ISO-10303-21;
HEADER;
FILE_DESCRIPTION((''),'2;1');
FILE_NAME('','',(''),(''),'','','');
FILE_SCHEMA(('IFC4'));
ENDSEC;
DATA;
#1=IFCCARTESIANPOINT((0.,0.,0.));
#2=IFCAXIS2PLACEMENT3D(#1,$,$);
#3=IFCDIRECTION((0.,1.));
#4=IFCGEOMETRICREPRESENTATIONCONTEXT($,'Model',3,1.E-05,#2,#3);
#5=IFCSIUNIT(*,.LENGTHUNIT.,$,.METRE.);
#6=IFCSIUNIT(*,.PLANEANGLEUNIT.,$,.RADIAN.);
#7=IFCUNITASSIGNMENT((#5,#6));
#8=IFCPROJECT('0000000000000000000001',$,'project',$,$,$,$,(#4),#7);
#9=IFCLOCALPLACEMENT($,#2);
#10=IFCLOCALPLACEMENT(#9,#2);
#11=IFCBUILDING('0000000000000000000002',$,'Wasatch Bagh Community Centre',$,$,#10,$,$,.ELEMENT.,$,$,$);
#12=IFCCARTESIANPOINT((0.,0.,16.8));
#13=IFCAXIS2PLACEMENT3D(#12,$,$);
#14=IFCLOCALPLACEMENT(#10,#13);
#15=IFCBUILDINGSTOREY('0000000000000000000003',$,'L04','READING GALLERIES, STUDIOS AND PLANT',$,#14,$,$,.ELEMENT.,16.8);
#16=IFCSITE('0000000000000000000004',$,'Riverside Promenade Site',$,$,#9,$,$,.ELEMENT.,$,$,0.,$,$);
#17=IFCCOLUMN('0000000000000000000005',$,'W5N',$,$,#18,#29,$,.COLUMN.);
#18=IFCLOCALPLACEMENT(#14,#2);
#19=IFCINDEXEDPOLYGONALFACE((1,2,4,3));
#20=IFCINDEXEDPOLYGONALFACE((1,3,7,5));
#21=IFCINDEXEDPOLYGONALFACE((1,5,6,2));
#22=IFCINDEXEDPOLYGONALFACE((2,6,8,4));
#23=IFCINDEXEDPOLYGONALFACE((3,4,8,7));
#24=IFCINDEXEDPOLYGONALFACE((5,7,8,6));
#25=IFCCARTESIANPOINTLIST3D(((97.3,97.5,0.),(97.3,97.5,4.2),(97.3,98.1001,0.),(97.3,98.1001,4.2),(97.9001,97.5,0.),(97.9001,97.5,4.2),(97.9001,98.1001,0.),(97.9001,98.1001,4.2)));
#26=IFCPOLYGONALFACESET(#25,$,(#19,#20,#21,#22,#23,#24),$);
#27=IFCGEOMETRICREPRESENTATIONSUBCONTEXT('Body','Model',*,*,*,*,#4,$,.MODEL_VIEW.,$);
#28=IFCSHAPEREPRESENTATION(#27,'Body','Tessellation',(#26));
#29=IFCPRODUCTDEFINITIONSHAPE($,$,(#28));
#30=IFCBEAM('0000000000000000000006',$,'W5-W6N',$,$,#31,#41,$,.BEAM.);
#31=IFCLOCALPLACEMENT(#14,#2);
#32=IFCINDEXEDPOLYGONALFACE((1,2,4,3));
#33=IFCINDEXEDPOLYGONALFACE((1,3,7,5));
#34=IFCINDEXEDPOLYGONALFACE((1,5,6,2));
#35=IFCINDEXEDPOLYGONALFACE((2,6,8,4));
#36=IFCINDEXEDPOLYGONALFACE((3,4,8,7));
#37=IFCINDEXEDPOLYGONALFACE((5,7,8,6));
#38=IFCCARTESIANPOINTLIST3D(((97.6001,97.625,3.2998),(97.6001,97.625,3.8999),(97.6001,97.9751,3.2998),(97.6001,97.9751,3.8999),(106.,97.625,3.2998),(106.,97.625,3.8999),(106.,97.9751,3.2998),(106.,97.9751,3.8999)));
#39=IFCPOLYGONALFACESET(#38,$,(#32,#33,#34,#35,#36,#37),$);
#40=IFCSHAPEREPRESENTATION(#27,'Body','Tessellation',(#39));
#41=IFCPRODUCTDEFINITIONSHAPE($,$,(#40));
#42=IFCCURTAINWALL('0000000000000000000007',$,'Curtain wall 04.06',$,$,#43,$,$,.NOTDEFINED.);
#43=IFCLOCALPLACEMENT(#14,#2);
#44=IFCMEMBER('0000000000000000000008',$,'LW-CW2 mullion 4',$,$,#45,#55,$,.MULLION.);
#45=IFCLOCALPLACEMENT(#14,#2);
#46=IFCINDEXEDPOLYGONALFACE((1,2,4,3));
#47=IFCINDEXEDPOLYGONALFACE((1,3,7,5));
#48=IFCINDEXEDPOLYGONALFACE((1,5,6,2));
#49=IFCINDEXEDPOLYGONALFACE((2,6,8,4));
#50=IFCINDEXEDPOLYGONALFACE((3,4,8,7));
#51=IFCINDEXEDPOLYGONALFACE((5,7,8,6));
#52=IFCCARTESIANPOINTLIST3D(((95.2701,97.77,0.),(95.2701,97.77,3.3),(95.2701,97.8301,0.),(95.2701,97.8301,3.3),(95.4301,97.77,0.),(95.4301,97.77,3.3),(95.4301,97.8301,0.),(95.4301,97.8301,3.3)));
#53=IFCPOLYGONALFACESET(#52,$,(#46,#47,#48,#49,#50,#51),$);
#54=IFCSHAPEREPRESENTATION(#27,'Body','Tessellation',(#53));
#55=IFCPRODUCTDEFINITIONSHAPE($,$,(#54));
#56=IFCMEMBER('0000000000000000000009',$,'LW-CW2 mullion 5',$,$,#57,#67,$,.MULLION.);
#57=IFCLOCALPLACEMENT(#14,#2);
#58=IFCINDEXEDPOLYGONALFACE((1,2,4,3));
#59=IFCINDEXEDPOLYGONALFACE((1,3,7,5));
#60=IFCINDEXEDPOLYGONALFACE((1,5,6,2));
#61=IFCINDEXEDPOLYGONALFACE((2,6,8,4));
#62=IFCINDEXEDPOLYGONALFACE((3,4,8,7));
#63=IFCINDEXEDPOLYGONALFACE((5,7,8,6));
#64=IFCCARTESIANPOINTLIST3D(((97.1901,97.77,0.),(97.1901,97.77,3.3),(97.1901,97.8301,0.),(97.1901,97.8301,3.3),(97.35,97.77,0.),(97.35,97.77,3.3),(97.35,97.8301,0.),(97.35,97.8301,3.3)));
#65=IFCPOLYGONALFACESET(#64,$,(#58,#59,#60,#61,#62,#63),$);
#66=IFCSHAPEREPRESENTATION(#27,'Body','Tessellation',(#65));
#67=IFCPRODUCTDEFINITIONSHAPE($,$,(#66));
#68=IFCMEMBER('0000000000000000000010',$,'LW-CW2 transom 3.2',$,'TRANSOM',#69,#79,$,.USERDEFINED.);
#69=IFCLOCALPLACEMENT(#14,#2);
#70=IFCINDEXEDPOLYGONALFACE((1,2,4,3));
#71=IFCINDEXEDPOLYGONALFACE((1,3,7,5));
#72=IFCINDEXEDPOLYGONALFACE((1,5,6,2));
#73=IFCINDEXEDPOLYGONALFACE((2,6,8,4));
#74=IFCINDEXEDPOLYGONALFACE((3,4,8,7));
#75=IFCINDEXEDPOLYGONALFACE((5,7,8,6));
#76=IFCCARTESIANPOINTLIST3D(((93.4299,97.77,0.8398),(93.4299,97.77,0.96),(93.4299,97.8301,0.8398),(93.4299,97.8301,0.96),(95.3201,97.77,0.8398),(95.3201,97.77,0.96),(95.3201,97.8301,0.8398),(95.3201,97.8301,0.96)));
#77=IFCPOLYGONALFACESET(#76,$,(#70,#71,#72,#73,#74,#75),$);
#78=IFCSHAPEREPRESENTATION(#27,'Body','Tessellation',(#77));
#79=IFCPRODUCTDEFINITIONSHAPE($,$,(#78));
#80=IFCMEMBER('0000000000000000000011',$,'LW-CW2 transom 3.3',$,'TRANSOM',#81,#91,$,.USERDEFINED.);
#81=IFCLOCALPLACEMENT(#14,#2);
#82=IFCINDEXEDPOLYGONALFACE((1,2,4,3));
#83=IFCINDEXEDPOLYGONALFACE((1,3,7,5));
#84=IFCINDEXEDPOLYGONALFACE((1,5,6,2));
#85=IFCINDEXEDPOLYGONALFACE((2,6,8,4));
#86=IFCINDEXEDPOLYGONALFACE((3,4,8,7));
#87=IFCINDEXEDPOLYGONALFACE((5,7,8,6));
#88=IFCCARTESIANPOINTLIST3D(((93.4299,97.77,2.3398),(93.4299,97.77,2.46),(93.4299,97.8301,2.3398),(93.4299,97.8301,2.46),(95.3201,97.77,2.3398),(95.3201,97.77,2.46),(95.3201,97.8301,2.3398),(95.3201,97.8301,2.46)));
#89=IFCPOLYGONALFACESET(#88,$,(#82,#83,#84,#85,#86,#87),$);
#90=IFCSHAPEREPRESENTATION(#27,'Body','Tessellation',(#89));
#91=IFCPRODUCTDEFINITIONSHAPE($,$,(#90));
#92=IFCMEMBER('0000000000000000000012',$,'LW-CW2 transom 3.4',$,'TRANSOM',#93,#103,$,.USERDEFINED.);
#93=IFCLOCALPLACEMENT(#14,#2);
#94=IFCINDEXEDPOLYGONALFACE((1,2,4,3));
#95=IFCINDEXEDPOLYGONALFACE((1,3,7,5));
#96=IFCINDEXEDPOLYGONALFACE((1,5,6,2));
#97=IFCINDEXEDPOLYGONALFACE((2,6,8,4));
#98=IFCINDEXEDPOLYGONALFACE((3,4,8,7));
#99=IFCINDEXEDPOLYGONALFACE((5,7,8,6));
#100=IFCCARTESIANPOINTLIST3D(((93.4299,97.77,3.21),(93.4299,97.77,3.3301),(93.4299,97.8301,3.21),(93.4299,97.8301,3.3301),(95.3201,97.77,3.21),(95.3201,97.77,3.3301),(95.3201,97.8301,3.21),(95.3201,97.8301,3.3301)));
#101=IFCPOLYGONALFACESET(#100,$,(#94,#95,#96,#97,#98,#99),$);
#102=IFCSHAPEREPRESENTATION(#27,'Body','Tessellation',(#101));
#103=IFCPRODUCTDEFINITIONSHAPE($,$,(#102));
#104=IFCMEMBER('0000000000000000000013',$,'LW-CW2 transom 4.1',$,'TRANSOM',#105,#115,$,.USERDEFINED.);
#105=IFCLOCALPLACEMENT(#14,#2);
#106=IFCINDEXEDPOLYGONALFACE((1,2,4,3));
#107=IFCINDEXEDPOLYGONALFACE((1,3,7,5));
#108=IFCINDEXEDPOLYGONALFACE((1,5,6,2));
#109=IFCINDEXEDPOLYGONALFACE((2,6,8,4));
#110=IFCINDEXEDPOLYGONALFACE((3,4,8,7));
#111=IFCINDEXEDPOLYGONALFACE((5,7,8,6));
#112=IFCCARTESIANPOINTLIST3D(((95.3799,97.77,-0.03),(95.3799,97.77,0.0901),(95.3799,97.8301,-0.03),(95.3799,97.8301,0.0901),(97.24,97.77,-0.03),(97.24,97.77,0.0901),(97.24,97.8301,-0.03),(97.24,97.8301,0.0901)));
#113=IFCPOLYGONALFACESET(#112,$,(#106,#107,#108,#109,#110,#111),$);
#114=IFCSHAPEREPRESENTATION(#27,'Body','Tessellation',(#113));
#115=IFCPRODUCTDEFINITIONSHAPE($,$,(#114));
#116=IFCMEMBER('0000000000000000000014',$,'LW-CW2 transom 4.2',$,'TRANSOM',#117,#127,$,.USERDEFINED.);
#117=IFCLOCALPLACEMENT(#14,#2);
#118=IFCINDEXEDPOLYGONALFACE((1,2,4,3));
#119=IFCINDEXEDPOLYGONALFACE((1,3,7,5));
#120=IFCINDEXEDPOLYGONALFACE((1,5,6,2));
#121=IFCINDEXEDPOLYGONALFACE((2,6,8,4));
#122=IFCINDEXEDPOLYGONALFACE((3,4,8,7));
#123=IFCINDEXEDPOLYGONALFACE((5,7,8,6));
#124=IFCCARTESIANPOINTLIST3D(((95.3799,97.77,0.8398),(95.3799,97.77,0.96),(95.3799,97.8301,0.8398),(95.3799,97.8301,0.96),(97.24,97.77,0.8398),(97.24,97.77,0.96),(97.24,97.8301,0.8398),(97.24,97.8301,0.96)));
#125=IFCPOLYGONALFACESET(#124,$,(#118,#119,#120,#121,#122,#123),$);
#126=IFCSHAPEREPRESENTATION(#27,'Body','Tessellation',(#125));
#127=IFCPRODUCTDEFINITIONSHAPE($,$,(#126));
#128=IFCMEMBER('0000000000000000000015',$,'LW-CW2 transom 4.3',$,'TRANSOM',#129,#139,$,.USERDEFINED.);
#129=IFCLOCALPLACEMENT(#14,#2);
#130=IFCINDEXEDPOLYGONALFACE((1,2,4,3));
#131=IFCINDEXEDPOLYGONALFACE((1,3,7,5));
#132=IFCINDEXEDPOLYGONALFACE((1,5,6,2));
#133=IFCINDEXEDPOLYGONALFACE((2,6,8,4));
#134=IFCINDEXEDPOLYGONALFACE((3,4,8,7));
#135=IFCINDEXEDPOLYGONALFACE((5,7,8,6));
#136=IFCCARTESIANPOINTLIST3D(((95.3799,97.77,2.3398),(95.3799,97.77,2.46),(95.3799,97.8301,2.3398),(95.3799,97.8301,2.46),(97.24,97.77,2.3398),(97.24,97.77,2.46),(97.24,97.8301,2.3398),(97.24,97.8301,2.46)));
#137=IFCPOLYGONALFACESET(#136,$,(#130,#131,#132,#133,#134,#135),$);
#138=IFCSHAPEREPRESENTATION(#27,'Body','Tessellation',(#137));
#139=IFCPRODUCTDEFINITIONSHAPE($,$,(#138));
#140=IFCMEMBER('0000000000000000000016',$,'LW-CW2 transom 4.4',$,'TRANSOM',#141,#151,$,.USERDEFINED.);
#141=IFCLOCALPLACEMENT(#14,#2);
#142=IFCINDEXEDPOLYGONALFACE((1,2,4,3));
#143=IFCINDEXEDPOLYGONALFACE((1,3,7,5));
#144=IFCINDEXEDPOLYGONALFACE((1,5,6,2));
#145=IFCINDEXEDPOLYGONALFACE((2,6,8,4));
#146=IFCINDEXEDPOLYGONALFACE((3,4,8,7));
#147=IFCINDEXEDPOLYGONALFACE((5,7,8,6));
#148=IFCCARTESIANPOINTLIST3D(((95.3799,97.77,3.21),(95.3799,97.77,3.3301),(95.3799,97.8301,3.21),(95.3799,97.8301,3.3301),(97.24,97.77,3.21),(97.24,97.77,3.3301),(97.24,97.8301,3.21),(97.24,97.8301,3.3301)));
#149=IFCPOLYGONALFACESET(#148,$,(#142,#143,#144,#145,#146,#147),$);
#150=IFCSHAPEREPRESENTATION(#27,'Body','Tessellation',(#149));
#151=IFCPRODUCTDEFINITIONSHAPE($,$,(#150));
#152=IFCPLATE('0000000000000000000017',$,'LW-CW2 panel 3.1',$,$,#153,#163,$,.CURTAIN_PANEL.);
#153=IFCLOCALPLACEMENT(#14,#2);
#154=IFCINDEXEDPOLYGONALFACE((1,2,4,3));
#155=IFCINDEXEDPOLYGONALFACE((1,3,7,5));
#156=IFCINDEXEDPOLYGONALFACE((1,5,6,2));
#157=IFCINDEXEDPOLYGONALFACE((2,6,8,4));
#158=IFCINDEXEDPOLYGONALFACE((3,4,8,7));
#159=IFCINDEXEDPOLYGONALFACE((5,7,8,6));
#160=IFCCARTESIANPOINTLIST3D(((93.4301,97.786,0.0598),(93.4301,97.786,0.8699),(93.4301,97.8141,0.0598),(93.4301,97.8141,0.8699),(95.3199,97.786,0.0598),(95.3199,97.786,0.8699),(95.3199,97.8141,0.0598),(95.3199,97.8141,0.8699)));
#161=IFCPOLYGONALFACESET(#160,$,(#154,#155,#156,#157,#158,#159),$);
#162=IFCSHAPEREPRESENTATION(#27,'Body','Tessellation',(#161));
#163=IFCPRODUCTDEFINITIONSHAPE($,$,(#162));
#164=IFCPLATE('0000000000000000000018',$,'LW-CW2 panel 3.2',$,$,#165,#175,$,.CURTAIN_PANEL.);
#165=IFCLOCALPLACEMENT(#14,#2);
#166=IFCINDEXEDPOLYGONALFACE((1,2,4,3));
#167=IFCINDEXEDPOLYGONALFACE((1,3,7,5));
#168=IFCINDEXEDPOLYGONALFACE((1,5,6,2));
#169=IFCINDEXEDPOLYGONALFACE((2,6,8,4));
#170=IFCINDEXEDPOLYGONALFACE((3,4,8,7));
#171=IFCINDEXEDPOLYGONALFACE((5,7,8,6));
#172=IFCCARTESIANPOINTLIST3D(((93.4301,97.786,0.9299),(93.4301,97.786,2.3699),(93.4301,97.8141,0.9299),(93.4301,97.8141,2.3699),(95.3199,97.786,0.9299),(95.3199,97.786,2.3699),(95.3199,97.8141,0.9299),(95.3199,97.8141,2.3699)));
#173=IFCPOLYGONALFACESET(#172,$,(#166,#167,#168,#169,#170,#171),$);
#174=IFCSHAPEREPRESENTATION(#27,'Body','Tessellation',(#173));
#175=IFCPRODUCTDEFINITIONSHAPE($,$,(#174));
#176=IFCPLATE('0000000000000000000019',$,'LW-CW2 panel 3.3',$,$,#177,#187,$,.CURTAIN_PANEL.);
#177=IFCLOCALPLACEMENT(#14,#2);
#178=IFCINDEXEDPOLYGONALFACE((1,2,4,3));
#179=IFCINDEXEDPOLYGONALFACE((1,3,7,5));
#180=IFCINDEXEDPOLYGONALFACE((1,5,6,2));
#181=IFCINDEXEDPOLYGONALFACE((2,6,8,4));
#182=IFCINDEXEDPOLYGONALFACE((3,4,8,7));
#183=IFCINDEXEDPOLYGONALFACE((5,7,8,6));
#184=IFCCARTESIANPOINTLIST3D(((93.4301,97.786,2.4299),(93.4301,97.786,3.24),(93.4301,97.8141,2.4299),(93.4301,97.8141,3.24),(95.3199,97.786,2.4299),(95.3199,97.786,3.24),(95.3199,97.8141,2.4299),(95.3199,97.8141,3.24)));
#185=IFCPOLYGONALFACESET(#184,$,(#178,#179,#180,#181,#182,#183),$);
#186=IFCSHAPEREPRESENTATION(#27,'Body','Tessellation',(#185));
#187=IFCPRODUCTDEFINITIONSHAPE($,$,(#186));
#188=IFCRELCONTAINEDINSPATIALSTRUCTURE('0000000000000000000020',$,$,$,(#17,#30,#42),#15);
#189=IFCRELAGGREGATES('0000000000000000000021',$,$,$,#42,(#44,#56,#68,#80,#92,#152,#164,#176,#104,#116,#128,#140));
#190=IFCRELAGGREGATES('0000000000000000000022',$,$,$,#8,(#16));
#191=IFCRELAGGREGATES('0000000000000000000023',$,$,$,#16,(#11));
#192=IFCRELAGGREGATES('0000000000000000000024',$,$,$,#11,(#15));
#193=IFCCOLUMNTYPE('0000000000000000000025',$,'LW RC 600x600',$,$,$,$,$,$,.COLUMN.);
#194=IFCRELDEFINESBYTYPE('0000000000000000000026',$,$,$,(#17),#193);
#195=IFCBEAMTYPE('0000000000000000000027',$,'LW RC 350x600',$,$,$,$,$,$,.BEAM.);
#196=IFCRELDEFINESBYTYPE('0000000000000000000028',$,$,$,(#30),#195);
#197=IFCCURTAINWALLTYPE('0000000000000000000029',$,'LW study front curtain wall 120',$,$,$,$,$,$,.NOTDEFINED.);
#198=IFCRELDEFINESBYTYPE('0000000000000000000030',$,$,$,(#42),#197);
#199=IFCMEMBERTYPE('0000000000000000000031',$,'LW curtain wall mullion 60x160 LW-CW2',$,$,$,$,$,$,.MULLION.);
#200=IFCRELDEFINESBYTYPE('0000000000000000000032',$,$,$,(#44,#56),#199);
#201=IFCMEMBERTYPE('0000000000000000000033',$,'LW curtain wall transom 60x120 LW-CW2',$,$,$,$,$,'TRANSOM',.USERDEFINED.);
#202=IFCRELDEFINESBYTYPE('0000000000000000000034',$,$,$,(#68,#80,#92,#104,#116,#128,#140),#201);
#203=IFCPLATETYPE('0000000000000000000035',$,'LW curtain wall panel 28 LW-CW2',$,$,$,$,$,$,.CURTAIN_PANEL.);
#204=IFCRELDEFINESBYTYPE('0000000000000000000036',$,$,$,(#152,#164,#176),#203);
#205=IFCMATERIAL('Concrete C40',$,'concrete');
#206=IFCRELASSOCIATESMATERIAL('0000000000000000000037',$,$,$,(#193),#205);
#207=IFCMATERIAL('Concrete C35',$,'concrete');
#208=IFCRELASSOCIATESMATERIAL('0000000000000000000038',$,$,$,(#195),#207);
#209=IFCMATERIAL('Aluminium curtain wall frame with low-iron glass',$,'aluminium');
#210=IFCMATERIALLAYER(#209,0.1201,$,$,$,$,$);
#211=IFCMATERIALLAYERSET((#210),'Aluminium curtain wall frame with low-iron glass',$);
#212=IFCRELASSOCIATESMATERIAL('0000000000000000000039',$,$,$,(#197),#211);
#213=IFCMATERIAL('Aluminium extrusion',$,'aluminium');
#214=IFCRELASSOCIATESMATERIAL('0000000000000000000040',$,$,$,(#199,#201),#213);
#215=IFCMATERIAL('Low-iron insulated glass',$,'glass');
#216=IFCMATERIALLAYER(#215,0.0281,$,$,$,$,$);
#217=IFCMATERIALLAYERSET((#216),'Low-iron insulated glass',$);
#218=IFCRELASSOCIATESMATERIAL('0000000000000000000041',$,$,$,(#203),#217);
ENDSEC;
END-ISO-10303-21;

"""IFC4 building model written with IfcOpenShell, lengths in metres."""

from ifc_helpers import new_model, si_unit, direction, frame, origin, origin_2d, place, context, subcontext, project, spatial, rectangle, extrude, material, layer, layer_set, material_profile, profile_set, type_object, element, aggregate, save


model = new_model("IFC4")

# Units and contexts
model_context = context("Model", 3, precision=1e-05, world=origin(), true_north=direction((0.0, 1.0)))
body_context = subcontext(model_context, "Body", "Model", "MODEL_VIEW")
ifc_project = project(units=[si_unit("LENGTHUNIT", "METRE"), si_unit("PLANEANGLEUNIT", "RADIAN")], contexts=[model_context])

# Site, building, storey
site_placement = place(None, origin())
site = spatial("IfcSite", under=ifc_project, at=site_placement, Name="Riverside Promenade Site", CompositionType="ELEMENT", RefElevation=0.0)
building_placement = place(site_placement, origin())
building = spatial("IfcBuilding", under=site, at=building_placement, Name="Wasatch Bagh Community Centre", CompositionType="ELEMENT")
storey_placement = place(building_placement, frame((0.0, 0.0, 16.8)))
storey = spatial("IfcBuildingStorey", under=building, at=storey_placement, Name="L04", Description="READING GALLERIES, STUDIOS AND PLANT", CompositionType="ELEMENT", Elevation=16.8)

# Column
ifc_material_1 = material(Name="Concrete C40", Category="concrete")
ifc_material_profile_1 = material_profile(ifc_material_1, rectangle(XDim=0.6001, YDim=0.6001, at=origin_2d()), Name="RC 600x600")
ifc_profile_set_1 = profile_set([ifc_material_profile_1], Name="Concrete C40")
column_type = type_object("IfcColumnType", Name="LW RC 600x600", PredefinedType="COLUMN", material=ifc_profile_set_1)
column_placement = place(storey_placement, frame((97.6001, 97.8, 0.0), z_axis=(0.0, 0.0, 1.0), x_axis=(1.0, 0.0, 0.0)))
element("IfcColumn", 1, at=column_placement, inside=storey, type_object=column_type, Name="W5N", PredefinedType="COLUMN", context=body_context, shape_type="SweptSolid", body=[
    extrude(rectangle(XDim=0.6001, YDim=0.6001, at=origin_2d()), origin(), (0.0, 0.0, 1.0), 4.2),
])

# Beam
ifc_material_2 = material(Name="Concrete C35", Category="concrete")
ifc_material_profile_2 = material_profile(ifc_material_2, rectangle(XDim=0.3501, YDim=0.6001, at=origin_2d()), Name="RC 350x600")
ifc_profile_set_2 = profile_set([ifc_material_profile_2], Name="Concrete C35")
beam_type = type_object("IfcBeamType", Name="LW RC 350x600", PredefinedType="BEAM", material=ifc_profile_set_2)
beam_placement = place(storey_placement, frame((97.6001, 97.8, 3.5999), z_axis=(1.0, 0.0, 0.0), x_axis=(0.0, 1.0, 0.0)))
element("IfcBeam", 2, at=beam_placement, inside=storey, type_object=beam_type, Name="W5-W6N", PredefinedType="BEAM", context=body_context, shape_type="SweptSolid", body=[
    extrude(rectangle(XDim=0.3501, YDim=0.6001, at=origin_2d()), origin(), (0.0, 0.0, 1.0), 8.3999),
])

# Curtain wall, members, plates
ifc_material_3 = material(Name="Aluminium curtain wall frame with low-iron glass", Category="aluminium")
ifc_layer_1 = layer(ifc_material_3, 0.1201)
ifc_layer_set_1 = layer_set([ifc_layer_1], Name="Aluminium curtain wall frame with low-iron glass")
curtain_wall_type = type_object("IfcCurtainWallType", Name="LW study front curtain wall 120", PredefinedType="NOTDEFINED", material=ifc_layer_set_1)
curtain_wall_placement = place(storey_placement, origin())
curtain_wall = element("IfcCurtainWall", 3, at=curtain_wall_placement, inside=storey, type_object=curtain_wall_type, Name="Curtain wall 04.06", PredefinedType="NOTDEFINED")
ifc_material_4 = material(Name="Aluminium extrusion", Category="aluminium")
ifc_material_profile_3 = material_profile(ifc_material_4, rectangle(XDim=0.0601, YDim=0.1599, at=origin_2d()), Name="AL 60x160")
ifc_profile_set_3 = profile_set([ifc_material_profile_3], Name="Aluminium extrusion")
member_type_1 = type_object("IfcMemberType", Name="LW curtain wall mullion 60x160 LW-CW2", PredefinedType="MULLION", material=ifc_profile_set_3)
member_1_placement = place(storey_placement, frame((95.3501, 97.8, 0.0), z_axis=(0.0, 0.0, 1.0), x_axis=(0.0, 1.0, 0.0)))
member_1 = element("IfcMember", 4, at=member_1_placement, type_object=member_type_1, Name="LW-CW2 mullion 4", PredefinedType="MULLION", context=body_context, shape_type="SweptSolid", body=[
    extrude(rectangle(XDim=0.0601, YDim=0.1599, at=origin_2d()), origin(), (0.0, 0.0, 1.0), 3.3),
])
member_2_placement = place(storey_placement, frame((97.27, 97.8, 0.0), z_axis=(0.0, 0.0, 1.0), x_axis=(0.0, 1.0, 0.0)))
member_2 = element("IfcMember", 5, at=member_2_placement, type_object=member_type_1, Name="LW-CW2 mullion 5", PredefinedType="MULLION", context=body_context, shape_type="SweptSolid", body=[
    extrude(rectangle(XDim=0.0601, YDim=0.1599, at=origin_2d()), origin(), (0.0, 0.0, 1.0), 3.3),
])
ifc_material_profile_4 = material_profile(ifc_material_4, rectangle(XDim=0.0601, YDim=0.1201, at=origin_2d()), Name="AL 60x120")
ifc_profile_set_4 = profile_set([ifc_material_profile_4], Name="Aluminium extrusion")
member_type_2 = type_object("IfcMemberType", Name="LW curtain wall transom 60x120 LW-CW2", ElementType="TRANSOM", PredefinedType="USERDEFINED", material=ifc_profile_set_4)
member_3_placement = place(storey_placement, frame((93.4299, 97.8, 0.8999), z_axis=(1.0, 0.0, 0.0), x_axis=(0.0, 1.0, 0.0)))
member_3 = element("IfcMember", 6, at=member_3_placement, type_object=member_type_2, Name="LW-CW2 transom 3.2", ObjectType="TRANSOM", PredefinedType="USERDEFINED", context=body_context, shape_type="SweptSolid", body=[
    extrude(rectangle(XDim=0.0601, YDim=0.1201, at=origin_2d()), origin(), (0.0, 0.0, 1.0), 1.8901),
])
member_4_placement = place(storey_placement, frame((93.4299, 97.8, 2.3999), z_axis=(1.0, 0.0, 0.0), x_axis=(0.0, 1.0, 0.0)))
member_4 = element("IfcMember", 7, at=member_4_placement, type_object=member_type_2, Name="LW-CW2 transom 3.3", ObjectType="TRANSOM", PredefinedType="USERDEFINED", context=body_context, shape_type="SweptSolid", body=[
    extrude(rectangle(XDim=0.0601, YDim=0.1201, at=origin_2d()), origin(), (0.0, 0.0, 1.0), 1.8901),
])
member_5_placement = place(storey_placement, frame((93.4299, 97.8, 3.27), z_axis=(1.0, 0.0, 0.0), x_axis=(0.0, 1.0, 0.0)))
member_5 = element("IfcMember", 8, at=member_5_placement, type_object=member_type_2, Name="LW-CW2 transom 3.4", ObjectType="TRANSOM", PredefinedType="USERDEFINED", context=body_context, shape_type="SweptSolid", body=[
    extrude(rectangle(XDim=0.0601, YDim=0.1201, at=origin_2d()), origin(), (0.0, 0.0, 1.0), 1.8901),
])
member_6_placement = place(storey_placement, frame((95.3799, 97.8, 0.03), z_axis=(1.0, 0.0, 0.0), x_axis=(0.0, 1.0, 0.0)))
member_6 = element("IfcMember", 9, at=member_6_placement, type_object=member_type_2, Name="LW-CW2 transom 4.1", ObjectType="TRANSOM", PredefinedType="USERDEFINED", context=body_context, shape_type="SweptSolid", body=[
    extrude(rectangle(XDim=0.0601, YDim=0.1201, at=origin_2d()), origin(), (0.0, 0.0, 1.0), 1.8601),
])
member_7_placement = place(storey_placement, frame((95.3799, 97.8, 0.8999), z_axis=(1.0, 0.0, 0.0), x_axis=(0.0, 1.0, 0.0)))
member_7 = element("IfcMember", 10, at=member_7_placement, type_object=member_type_2, Name="LW-CW2 transom 4.2", ObjectType="TRANSOM", PredefinedType="USERDEFINED", context=body_context, shape_type="SweptSolid", body=[
    extrude(rectangle(XDim=0.0601, YDim=0.1201, at=origin_2d()), origin(), (0.0, 0.0, 1.0), 1.8601),
])
member_8_placement = place(storey_placement, frame((95.3799, 97.8, 2.3999), z_axis=(1.0, 0.0, 0.0), x_axis=(0.0, 1.0, 0.0)))
member_8 = element("IfcMember", 11, at=member_8_placement, type_object=member_type_2, Name="LW-CW2 transom 4.3", ObjectType="TRANSOM", PredefinedType="USERDEFINED", context=body_context, shape_type="SweptSolid", body=[
    extrude(rectangle(XDim=0.0601, YDim=0.1201, at=origin_2d()), origin(), (0.0, 0.0, 1.0), 1.8601),
])
member_9_placement = place(storey_placement, frame((95.3799, 97.8, 3.27), z_axis=(1.0, 0.0, 0.0), x_axis=(0.0, 1.0, 0.0)))
member_9 = element("IfcMember", 12, at=member_9_placement, type_object=member_type_2, Name="LW-CW2 transom 4.4", ObjectType="TRANSOM", PredefinedType="USERDEFINED", context=body_context, shape_type="SweptSolid", body=[
    extrude(rectangle(XDim=0.0601, YDim=0.1201, at=origin_2d()), origin(), (0.0, 0.0, 1.0), 1.8601),
])
ifc_material_5 = material(Name="Low-iron insulated glass", Category="glass")
ifc_layer_2 = layer(ifc_material_5, 0.0281)
ifc_layer_set_2 = layer_set([ifc_layer_2], Name="Low-iron insulated glass")
plate_type_1 = type_object("IfcPlateType", Name="LW curtain wall panel 28 LW-CW2", PredefinedType="CURTAIN_PANEL", material=ifc_layer_set_2)
plate_1_placement = place(storey_placement, frame((94.375, 97.8, 0.0598), z_axis=(0.0, 0.0, 1.0), x_axis=(1.0, 0.0, 0.0)))
plate_1 = element("IfcPlate", 13, at=plate_1_placement, type_object=plate_type_1, Name="LW-CW2 panel 3.1", PredefinedType="CURTAIN_PANEL", context=body_context, shape_type="SweptSolid", body=[
    extrude(rectangle(XDim=1.8899, YDim=0.0281, at=origin_2d()), origin(), (0.0, 0.0, 1.0), 0.8101),
])
plate_2_placement = place(storey_placement, frame((94.375, 97.8, 0.9299), z_axis=(0.0, 0.0, 1.0), x_axis=(1.0, 0.0, 0.0)))
plate_2 = element("IfcPlate", 14, at=plate_2_placement, type_object=plate_type_1, Name="LW-CW2 panel 3.2", PredefinedType="CURTAIN_PANEL", context=body_context, shape_type="SweptSolid", body=[
    extrude(rectangle(XDim=1.8899, YDim=0.0281, at=origin_2d()), origin(), (0.0, 0.0, 1.0), 1.4399),
])
plate_3_placement = place(storey_placement, frame((94.375, 97.8, 2.4299), z_axis=(0.0, 0.0, 1.0), x_axis=(1.0, 0.0, 0.0)))
plate_3 = element("IfcPlate", 15, at=plate_3_placement, type_object=plate_type_1, Name="LW-CW2 panel 3.3", PredefinedType="CURTAIN_PANEL", context=body_context, shape_type="SweptSolid", body=[
    extrude(rectangle(XDim=1.8899, YDim=0.0281, at=origin_2d()), origin(), (0.0, 0.0, 1.0), 0.8101),
])
aggregate(curtain_wall, [member_1, member_2, member_3, member_4, member_5, plate_1, plate_2, plate_3, member_6, member_7, member_8, member_9])

save(model, "model.ifc")
